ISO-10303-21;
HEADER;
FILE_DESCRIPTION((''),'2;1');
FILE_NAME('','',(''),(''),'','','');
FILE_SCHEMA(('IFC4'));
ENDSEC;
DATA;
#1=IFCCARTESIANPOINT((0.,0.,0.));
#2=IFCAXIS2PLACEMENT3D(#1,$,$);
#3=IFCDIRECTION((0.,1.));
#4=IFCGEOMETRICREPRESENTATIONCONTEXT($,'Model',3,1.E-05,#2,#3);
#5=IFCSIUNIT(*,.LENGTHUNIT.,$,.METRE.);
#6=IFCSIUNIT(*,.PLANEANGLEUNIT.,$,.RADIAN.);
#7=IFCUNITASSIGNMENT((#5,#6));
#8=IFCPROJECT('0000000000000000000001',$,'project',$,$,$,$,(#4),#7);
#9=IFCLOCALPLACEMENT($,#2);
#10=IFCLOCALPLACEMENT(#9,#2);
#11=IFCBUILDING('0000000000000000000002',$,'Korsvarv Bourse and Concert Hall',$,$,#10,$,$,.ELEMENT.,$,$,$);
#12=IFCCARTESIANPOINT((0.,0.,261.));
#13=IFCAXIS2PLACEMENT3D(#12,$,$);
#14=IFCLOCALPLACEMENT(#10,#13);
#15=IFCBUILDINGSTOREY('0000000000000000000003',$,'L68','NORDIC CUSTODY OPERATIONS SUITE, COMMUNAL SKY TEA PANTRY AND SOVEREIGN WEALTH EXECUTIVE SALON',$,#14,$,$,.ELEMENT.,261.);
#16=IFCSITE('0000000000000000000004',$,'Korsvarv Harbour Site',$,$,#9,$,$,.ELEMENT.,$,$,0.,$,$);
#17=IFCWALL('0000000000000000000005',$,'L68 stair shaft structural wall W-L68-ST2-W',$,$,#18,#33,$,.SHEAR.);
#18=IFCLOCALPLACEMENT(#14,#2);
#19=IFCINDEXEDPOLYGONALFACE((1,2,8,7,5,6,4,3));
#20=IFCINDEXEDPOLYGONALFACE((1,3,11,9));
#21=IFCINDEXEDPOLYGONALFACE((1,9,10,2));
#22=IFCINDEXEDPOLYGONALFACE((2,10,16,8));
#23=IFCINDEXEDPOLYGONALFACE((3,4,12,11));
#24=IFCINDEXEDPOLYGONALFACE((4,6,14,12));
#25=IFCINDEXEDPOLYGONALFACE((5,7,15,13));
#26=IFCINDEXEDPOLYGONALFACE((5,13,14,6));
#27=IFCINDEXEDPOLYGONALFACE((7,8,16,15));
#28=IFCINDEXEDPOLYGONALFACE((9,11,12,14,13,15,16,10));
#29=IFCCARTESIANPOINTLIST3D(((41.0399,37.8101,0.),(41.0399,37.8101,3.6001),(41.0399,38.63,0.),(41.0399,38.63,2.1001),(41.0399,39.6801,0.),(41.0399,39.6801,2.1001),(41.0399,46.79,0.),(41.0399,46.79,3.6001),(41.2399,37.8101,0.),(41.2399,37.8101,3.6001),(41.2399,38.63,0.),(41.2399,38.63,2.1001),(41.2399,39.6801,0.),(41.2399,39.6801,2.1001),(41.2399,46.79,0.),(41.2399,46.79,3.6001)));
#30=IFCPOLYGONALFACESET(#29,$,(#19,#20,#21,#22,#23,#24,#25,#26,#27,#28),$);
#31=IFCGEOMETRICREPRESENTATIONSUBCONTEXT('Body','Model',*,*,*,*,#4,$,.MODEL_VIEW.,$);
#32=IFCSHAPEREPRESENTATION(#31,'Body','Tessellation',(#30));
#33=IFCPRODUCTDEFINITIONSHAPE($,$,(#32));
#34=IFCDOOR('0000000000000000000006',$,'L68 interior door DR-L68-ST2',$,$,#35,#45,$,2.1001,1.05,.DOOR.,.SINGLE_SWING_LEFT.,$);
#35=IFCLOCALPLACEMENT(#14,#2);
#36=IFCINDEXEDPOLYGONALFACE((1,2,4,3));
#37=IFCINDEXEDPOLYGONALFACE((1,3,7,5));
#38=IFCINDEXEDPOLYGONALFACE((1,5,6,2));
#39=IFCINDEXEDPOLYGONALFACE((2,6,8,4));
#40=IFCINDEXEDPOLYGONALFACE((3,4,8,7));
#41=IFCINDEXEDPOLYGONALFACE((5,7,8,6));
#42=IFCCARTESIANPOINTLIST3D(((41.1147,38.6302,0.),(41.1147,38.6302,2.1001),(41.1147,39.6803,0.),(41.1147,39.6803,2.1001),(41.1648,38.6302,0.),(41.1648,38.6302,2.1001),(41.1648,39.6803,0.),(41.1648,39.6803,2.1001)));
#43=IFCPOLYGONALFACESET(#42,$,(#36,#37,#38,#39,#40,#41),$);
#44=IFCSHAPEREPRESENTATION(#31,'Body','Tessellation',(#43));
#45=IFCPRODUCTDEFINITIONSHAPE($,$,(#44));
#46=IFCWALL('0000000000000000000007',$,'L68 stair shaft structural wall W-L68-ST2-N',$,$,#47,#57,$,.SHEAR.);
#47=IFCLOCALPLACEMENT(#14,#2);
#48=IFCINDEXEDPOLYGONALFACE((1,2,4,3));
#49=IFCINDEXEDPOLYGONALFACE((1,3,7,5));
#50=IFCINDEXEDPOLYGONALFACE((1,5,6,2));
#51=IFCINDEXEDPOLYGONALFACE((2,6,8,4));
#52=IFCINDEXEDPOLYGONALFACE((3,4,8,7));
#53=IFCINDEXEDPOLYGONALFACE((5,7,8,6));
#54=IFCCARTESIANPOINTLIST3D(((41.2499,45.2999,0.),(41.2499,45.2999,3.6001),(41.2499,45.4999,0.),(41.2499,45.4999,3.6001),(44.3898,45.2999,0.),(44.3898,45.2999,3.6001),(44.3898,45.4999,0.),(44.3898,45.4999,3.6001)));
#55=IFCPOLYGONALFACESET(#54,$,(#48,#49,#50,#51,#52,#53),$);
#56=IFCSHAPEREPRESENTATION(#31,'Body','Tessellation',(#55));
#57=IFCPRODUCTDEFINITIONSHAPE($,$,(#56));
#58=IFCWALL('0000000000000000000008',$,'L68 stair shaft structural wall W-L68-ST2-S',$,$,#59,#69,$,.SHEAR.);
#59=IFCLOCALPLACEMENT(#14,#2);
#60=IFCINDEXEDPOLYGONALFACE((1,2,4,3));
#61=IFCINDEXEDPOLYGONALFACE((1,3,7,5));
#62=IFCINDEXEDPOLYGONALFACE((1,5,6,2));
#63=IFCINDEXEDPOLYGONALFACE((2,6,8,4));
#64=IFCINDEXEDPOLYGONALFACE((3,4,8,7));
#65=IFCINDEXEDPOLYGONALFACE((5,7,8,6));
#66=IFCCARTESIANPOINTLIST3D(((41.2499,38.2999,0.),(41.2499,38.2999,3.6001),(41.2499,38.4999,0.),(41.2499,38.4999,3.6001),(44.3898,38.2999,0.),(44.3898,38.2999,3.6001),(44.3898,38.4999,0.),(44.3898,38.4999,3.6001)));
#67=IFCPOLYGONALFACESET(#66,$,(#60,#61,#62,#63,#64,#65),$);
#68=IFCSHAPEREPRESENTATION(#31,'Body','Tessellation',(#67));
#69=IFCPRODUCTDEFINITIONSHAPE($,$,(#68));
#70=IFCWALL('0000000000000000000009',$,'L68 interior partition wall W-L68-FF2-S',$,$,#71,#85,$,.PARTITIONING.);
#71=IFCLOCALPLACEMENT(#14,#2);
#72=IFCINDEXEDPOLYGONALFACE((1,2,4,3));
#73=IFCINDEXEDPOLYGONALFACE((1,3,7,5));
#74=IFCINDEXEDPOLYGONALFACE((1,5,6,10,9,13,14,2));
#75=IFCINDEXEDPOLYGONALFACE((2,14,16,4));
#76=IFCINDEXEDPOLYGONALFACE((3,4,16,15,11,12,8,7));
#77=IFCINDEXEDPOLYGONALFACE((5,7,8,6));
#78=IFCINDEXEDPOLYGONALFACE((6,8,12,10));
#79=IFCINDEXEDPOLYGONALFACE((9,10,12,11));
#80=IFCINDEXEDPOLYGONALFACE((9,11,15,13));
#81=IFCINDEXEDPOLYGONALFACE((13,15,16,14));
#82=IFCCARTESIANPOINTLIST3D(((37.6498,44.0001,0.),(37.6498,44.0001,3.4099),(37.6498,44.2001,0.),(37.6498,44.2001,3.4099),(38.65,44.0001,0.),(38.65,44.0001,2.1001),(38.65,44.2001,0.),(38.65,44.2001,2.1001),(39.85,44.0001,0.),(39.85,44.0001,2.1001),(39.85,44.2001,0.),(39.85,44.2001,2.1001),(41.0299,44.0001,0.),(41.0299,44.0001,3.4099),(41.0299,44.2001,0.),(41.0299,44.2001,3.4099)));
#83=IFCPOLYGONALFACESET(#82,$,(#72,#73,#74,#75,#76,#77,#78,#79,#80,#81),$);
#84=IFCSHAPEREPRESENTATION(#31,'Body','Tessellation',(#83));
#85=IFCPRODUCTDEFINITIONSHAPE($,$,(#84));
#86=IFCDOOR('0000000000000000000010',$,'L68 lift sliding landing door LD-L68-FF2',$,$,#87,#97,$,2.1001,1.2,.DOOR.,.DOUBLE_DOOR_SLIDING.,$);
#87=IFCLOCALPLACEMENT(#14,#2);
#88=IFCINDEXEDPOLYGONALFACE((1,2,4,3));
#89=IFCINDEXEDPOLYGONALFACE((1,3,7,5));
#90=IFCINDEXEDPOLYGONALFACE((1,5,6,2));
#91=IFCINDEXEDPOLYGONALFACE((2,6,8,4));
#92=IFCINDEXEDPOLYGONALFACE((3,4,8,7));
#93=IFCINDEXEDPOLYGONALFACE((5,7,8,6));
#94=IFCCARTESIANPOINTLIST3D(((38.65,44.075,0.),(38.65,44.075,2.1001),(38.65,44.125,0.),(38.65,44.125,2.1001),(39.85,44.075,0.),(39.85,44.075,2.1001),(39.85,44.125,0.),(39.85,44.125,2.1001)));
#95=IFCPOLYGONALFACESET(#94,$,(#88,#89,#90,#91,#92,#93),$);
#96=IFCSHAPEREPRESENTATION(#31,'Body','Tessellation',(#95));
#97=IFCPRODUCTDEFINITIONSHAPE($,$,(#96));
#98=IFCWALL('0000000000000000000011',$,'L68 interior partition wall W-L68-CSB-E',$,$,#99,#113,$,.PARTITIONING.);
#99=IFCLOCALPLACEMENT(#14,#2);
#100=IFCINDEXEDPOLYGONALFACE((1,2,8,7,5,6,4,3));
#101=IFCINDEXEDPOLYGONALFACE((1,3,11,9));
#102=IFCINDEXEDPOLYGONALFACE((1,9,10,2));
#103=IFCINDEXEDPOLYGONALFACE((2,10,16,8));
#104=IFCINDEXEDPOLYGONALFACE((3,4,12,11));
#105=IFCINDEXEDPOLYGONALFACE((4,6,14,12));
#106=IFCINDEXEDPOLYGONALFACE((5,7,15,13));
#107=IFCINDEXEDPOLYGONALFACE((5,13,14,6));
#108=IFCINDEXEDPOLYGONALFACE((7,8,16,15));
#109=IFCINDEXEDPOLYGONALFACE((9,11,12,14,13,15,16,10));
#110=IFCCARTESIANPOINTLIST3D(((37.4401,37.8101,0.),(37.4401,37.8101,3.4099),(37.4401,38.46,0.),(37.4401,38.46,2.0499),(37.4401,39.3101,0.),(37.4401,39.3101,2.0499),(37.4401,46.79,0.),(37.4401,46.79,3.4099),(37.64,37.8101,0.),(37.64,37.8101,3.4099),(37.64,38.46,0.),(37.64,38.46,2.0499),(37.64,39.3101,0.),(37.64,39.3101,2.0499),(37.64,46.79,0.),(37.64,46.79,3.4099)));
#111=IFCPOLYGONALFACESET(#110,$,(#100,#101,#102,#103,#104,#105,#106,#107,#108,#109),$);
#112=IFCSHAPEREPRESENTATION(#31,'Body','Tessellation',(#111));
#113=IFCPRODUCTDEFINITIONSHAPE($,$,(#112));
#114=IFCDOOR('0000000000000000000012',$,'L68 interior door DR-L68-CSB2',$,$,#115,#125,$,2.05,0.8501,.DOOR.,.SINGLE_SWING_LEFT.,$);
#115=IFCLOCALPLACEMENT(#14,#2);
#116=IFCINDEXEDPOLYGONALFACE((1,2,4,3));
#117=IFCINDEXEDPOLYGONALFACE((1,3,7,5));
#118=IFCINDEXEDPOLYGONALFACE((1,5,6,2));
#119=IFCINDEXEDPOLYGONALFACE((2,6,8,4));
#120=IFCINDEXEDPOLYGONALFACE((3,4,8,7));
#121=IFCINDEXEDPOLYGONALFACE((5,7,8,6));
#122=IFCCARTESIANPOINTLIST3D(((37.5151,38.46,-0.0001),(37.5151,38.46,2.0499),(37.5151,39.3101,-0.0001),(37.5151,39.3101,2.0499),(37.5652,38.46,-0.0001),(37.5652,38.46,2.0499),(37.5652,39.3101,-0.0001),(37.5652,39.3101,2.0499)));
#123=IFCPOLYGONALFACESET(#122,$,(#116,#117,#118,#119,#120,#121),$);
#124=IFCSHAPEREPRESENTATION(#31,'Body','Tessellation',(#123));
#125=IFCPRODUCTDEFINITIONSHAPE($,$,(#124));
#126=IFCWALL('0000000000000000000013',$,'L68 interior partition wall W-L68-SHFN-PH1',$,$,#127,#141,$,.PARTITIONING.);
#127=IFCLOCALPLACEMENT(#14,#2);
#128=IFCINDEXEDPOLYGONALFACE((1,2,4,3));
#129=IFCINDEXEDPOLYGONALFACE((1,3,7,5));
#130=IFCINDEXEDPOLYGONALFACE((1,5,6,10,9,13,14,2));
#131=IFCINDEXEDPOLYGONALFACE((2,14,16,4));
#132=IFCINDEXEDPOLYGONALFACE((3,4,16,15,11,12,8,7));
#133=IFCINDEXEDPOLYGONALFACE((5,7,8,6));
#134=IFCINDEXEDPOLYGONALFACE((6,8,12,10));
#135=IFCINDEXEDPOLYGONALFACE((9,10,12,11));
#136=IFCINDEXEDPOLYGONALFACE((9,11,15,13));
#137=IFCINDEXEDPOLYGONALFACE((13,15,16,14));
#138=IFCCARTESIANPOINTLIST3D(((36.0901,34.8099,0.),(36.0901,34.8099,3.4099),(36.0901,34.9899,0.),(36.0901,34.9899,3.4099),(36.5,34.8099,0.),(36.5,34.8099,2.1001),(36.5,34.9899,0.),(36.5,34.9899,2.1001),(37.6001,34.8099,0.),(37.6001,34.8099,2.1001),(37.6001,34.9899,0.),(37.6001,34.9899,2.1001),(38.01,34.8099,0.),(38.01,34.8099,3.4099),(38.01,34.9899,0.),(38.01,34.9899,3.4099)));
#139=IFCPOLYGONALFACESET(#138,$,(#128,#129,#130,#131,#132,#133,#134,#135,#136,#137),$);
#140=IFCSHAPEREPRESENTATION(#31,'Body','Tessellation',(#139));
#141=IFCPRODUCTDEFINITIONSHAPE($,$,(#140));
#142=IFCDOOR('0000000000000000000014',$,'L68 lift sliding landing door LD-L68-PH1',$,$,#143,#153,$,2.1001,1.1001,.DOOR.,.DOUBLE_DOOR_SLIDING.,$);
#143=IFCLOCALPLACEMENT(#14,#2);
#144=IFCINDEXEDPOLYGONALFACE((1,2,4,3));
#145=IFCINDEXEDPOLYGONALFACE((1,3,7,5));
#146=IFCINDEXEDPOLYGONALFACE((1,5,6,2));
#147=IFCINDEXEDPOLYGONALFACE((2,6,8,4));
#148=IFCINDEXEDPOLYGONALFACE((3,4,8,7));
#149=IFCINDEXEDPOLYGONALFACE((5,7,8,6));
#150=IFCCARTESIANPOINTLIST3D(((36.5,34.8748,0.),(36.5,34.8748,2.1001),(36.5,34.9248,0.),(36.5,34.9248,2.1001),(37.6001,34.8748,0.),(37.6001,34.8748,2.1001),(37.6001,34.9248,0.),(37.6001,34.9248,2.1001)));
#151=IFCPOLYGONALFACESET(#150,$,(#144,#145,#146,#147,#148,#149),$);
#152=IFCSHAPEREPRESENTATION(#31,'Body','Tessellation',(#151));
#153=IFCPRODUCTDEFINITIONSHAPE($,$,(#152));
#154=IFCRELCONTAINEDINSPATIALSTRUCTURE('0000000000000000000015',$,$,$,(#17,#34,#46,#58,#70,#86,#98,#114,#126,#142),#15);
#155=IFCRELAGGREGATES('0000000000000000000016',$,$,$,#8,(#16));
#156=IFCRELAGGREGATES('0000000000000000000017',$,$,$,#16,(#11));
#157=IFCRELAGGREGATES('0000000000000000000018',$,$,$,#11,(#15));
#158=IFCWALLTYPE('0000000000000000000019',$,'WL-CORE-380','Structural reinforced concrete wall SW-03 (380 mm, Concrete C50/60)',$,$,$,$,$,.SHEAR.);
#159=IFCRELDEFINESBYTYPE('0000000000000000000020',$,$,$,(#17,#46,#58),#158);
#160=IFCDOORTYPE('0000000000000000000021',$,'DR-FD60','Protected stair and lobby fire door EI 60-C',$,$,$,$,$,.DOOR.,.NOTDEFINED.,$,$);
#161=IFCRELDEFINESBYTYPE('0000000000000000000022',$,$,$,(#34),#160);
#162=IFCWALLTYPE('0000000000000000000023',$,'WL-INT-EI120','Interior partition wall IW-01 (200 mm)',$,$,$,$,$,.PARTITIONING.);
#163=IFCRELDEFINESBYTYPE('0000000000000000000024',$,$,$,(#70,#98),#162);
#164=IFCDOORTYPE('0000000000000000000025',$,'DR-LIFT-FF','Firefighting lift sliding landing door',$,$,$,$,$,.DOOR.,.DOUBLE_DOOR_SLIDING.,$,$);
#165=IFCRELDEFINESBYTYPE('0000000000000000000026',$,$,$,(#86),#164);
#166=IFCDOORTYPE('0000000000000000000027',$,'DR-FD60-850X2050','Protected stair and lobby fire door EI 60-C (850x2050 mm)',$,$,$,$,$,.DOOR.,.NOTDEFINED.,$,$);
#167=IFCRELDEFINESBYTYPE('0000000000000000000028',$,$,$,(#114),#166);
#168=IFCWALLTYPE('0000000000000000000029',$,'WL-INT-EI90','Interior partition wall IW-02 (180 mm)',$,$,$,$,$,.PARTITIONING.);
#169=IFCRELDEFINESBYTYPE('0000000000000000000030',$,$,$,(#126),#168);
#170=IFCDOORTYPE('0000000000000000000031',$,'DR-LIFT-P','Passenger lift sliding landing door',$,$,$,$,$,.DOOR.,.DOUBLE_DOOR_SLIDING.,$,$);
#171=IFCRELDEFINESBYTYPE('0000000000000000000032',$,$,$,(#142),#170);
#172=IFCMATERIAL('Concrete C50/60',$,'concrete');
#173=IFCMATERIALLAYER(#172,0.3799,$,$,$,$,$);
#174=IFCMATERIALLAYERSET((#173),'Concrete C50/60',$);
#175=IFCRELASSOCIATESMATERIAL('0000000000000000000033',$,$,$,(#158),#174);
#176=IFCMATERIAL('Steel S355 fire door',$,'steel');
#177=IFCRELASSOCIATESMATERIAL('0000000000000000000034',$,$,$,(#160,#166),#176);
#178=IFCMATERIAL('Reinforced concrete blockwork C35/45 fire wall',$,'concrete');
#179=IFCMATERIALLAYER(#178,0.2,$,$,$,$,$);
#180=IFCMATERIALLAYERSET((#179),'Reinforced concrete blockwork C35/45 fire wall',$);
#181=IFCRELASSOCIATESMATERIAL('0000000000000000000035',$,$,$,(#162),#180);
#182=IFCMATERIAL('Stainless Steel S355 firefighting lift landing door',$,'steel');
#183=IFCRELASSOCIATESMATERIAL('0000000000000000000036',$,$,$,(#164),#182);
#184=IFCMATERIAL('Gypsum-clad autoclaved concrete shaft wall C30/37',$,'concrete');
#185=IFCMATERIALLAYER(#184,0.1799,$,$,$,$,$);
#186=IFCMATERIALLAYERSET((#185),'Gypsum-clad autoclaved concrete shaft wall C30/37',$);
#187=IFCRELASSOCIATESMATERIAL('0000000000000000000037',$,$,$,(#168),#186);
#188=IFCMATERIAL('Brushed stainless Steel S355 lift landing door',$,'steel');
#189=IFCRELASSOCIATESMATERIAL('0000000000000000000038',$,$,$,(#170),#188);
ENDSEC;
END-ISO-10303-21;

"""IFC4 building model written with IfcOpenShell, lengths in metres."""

from ifc_helpers import new_model, si_unit, direction, frame, frame_2d, origin, place, context, subcontext, project, spatial, rectangle, extrude, material, layer, layer_set, type_object, element, fill, save


model = new_model("IFC4")

# Units and contexts
model_context = context("Model", 3, precision=1e-05, world=origin(), true_north=direction((0.0, 1.0)))
body_context = subcontext(model_context, "Body", "Model", "MODEL_VIEW")
ifc_project = project(units=[si_unit("LENGTHUNIT", "METRE"), si_unit("PLANEANGLEUNIT", "RADIAN")], contexts=[model_context])

# Site, building, storey
site_placement = place(None, origin())
site = spatial("IfcSite", under=ifc_project, at=site_placement, Name="Korsvarv Harbour Site", CompositionType="ELEMENT", RefElevation=0.0)
building_placement = place(site_placement, origin())
building = spatial("IfcBuilding", under=site, at=building_placement, Name="Korsvarv Bourse and Concert Hall", CompositionType="ELEMENT")
storey_placement = place(building_placement, frame((0.0, 0.0, 261.0)))
storey = spatial("IfcBuildingStorey", under=building, at=storey_placement, Name="L68", Description="NORDIC CUSTODY OPERATIONS SUITE, COMMUNAL SKY TEA PANTRY AND SOVEREIGN WEALTH EXECUTIVE SALON", CompositionType="ELEMENT", Elevation=261.0)

# Shared definitions
ifc_material_1 = material(Name="Concrete C50/60", Category="concrete")

# Wall, opening, door
ifc_layer_1 = layer(ifc_material_1, 0.3799)
ifc_layer_set_1 = layer_set([ifc_layer_1], Name="Concrete C50/60")
wall_type_1 = type_object("IfcWallType", Name="WL-CORE-380", Description="Structural reinforced concrete wall SW-03 (380 mm, Concrete C50/60)", PredefinedType="SHEAR", material=ifc_layer_set_1)
wall_1_placement = place(storey_placement, frame((41.1399, 37.8101, 0.0), z_axis=(0.0, 0.0, 1.0), x_axis=(0.0, 1.0, 0.0)))
wall_1 = element("IfcWall", 1, at=wall_1_placement, inside=storey, type_object=wall_type_1, Name="L68 stair shaft structural wall W-L68-ST2-W", PredefinedType="SHEAR", context=body_context, shape_type="SweptSolid", body=[
    extrude(rectangle(XDim=8.98, YDim=0.2, at=frame_2d((4.49, 0.0))), origin(), (0.0, 0.0, 1.0), 3.6001),
])
opening_1_placement = place(wall_1_placement, frame((0.8201, 0.0, 0.0)))
opening_1 = element("IfcOpeningElement", 2, at=opening_1_placement, cuts=wall_1, PredefinedType="OPENING", context=body_context, shape_type="SweptSolid", body=[
    extrude(rectangle(XDim=1.05, YDim=2.1001, at=frame_2d((0.5249, 1.05))), frame((0.0, 0.1099, 0.0), z_axis=(0.0, -1.0, 0.0), x_axis=(1.0, 0.0, 0.0)), (0.0, 0.0, 1.0), 0.22),
])
ifc_material_2 = material(Name="Steel S355 fire door", Category="steel")
door_type_1 = type_object("IfcDoorType", Name="DR-FD60", Description="Protected stair and lobby fire door EI 60-C", OperationType="NOTDEFINED", PredefinedType="DOOR", material=ifc_material_2)
door_1_placement = place(opening_1_placement, frame((1.05, 0.0, 0.0), z_axis=(0.0, 0.0, 1.0), x_axis=(-1.0, 0.0, 0.0)))
door_1 = element("IfcDoor", 3, at=door_1_placement, inside=storey, type_object=door_type_1, Name="L68 interior door DR-L68-ST2", OperationType="SINGLE_SWING_LEFT", OverallHeight=2.1001, OverallWidth=1.05, PredefinedType="DOOR", context=body_context, shape_type="SweptSolid", body=[
    extrude(rectangle(XDim=1.05, YDim=2.1001, at=frame_2d((0.5249, 1.05))), frame((0.0, 0.0249, 0.0), z_axis=(0.0, -1.0, 0.0), x_axis=(1.0, 0.0, 0.0)), (0.0, 0.0, 1.0), 0.05),
])
fill(opening_1, door_1)

# Walls
for number, where, z_axis, x_axis, name in (
    (4, (41.25, 45.3999, 0.0), (0.0, 0.0, 1.0), (1.0, 0.0, 0.0), "L68 stair shaft structural wall W-L68-ST2-N"),
    (5, (41.25, 38.3999, 0.0), (0.0, 0.0, 1.0), (1.0, 0.0, 0.0), "L68 stair shaft structural wall W-L68-ST2-S"),
):
    element("IfcWall", number, at=place(storey_placement, frame(where, z_axis=z_axis, x_axis=x_axis)), inside=storey, type_object=wall_type_1, Name=name, PredefinedType="SHEAR", context=body_context, shape_type="SweptSolid", body=[
        extrude(rectangle(XDim=3.1399, YDim=0.2, at=frame_2d((1.5698, 0.0))), origin(), (0.0, 0.0, 1.0), 3.6001),
    ])

# Walls, openings, doors
ifc_material_3 = material(Name="Reinforced concrete blockwork C35/45 fire wall", Category="concrete")
ifc_layer_2 = layer(ifc_material_3, 0.2)
ifc_layer_set_2 = layer_set([ifc_layer_2], Name="Reinforced concrete blockwork C35/45 fire wall")
wall_type_2 = type_object("IfcWallType", Name="WL-INT-EI120", Description="Interior partition wall IW-01 (200 mm)", PredefinedType="PARTITIONING", material=ifc_layer_set_2)
wall_2_placement = place(storey_placement, frame((37.6499, 44.1001, 0.0), z_axis=(0.0, 0.0, 1.0), x_axis=(1.0, 0.0, 0.0)))
wall_2 = element("IfcWall", 6, at=wall_2_placement, inside=storey, type_object=wall_type_2, Name="L68 interior partition wall W-L68-FF2-S", PredefinedType="PARTITIONING", context=body_context, shape_type="SweptSolid", body=[
    extrude(rectangle(XDim=3.3801, YDim=0.2, at=frame_2d((1.6899, 0.0))), origin(), (0.0, 0.0, 1.0), 3.4099),
])
opening_2_placement = place(wall_2_placement, frame((1.0, 0.0, 0.0)))
opening_2 = element("IfcOpeningElement", 7, at=opening_2_placement, cuts=wall_2, PredefinedType="OPENING", context=body_context, shape_type="SweptSolid", body=[
    extrude(rectangle(XDim=1.2, YDim=2.1001, at=frame_2d((0.6001, 1.05))), frame((0.0, 0.1099, 0.0), z_axis=(0.0, -1.0, 0.0), x_axis=(1.0, 0.0, 0.0)), (0.0, 0.0, 1.0), 0.22),
])
ifc_material_4 = material(Name="Stainless Steel S355 firefighting lift landing door", Category="steel")
door_type_2 = type_object("IfcDoorType", Name="DR-LIFT-FF", Description="Firefighting lift sliding landing door", OperationType="DOUBLE_DOOR_SLIDING", PredefinedType="DOOR", material=ifc_material_4)
door_2_placement = place(opening_2_placement, origin())
door_2 = element("IfcDoor", 8, at=door_2_placement, inside=storey, type_object=door_type_2, Name="L68 lift sliding landing door LD-L68-FF2", OperationType="DOUBLE_DOOR_SLIDING", OverallHeight=2.1001, OverallWidth=1.2, PredefinedType="DOOR", context=body_context, shape_type="SweptSolid", body=[
    extrude(rectangle(XDim=1.2, YDim=2.1001, at=frame_2d((0.6001, 1.05))), frame((0.0, 0.0249, 0.0), z_axis=(0.0, -1.0, 0.0), x_axis=(1.0, 0.0, 0.0)), (0.0, 0.0, 1.0), 0.05),
])
fill(opening_2, door_2)
wall_3_placement = place(storey_placement, frame((37.54, 37.8101, 0.0), z_axis=(0.0, 0.0, 1.0), x_axis=(0.0, 1.0, 0.0)))
wall_3 = element("IfcWall", 9, at=wall_3_placement, inside=storey, type_object=wall_type_2, Name="L68 interior partition wall W-L68-CSB-E", PredefinedType="PARTITIONING", context=body_context, shape_type="SweptSolid", body=[
    extrude(rectangle(XDim=8.98, YDim=0.2, at=frame_2d((4.49, 0.0))), origin(), (0.0, 0.0, 1.0), 3.4099),
])
opening_3_placement = place(wall_3_placement, frame((0.6499, 0.0, 0.0)))
opening_3 = element("IfcOpeningElement", 10, at=opening_3_placement, cuts=wall_3, PredefinedType="OPENING", context=body_context, shape_type="SweptSolid", body=[
    extrude(rectangle(XDim=0.8501, YDim=2.05, at=frame_2d((0.425, 1.0249))), frame((0.0, 0.1099, 0.0), z_axis=(0.0, -1.0, 0.0), x_axis=(1.0, 0.0, 0.0)), (0.0, 0.0, 1.0), 0.22),
])
door_type_3 = type_object("IfcDoorType", Name="DR-FD60-850X2050", Description="Protected stair and lobby fire door EI 60-C (850x2050 mm)", OperationType="NOTDEFINED", PredefinedType="DOOR", material=ifc_material_2)
door_3_placement = place(opening_3_placement, origin())
door_3 = element("IfcDoor", 11, at=door_3_placement, inside=storey, type_object=door_type_3, Name="L68 interior door DR-L68-CSB2", OperationType="SINGLE_SWING_LEFT", OverallHeight=2.05, OverallWidth=0.8501, PredefinedType="DOOR", context=body_context, shape_type="SweptSolid", body=[
    extrude(rectangle(XDim=0.8501, YDim=2.05, at=frame_2d((0.425, 1.0249))), frame((0.0, 0.0249, 0.0), z_axis=(0.0, -1.0, 0.0), x_axis=(1.0, 0.0, 0.0)), (0.0, 0.0, 1.0), 0.05),
])
fill(opening_3, door_3)
ifc_material_5 = material(Name="Gypsum-clad autoclaved concrete shaft wall C30/37", Category="concrete")
ifc_layer_3 = layer(ifc_material_5, 0.1799)
ifc_layer_set_3 = layer_set([ifc_layer_3], Name="Gypsum-clad autoclaved concrete shaft wall C30/37")
wall_type_3 = type_object("IfcWallType", Name="WL-INT-EI90", Description="Interior partition wall IW-02 (180 mm)", PredefinedType="PARTITIONING", material=ifc_layer_set_3)
wall_4_placement = place(storey_placement, frame((36.0901, 34.8999, 0.0), z_axis=(0.0, 0.0, 1.0), x_axis=(1.0, 0.0, 0.0)))
wall_4 = element("IfcWall", 12, at=wall_4_placement, inside=storey, type_object=wall_type_3, Name="L68 interior partition wall W-L68-SHFN-PH1", PredefinedType="PARTITIONING", context=body_context, shape_type="SweptSolid", body=[
    extrude(rectangle(XDim=1.9199, YDim=0.1799, at=frame_2d((0.96, 0.0))), origin(), (0.0, 0.0, 1.0), 3.4099),
])
opening_4_placement = place(wall_4_placement, frame((0.4099, 0.0, 0.0)))
opening_4 = element("IfcOpeningElement", 13, at=opening_4_placement, cuts=wall_4, PredefinedType="OPENING", context=body_context, shape_type="SweptSolid", body=[
    extrude(rectangle(XDim=1.1001, YDim=2.1001, at=frame_2d((0.55, 1.05))), frame((0.0, 0.1001, 0.0), z_axis=(0.0, -1.0, 0.0), x_axis=(1.0, 0.0, 0.0)), (0.0, 0.0, 1.0), 0.2),
])
ifc_material_6 = material(Name="Brushed stainless Steel S355 lift landing door", Category="steel")
door_type_4 = type_object("IfcDoorType", Name="DR-LIFT-P", Description="Passenger lift sliding landing door", OperationType="DOUBLE_DOOR_SLIDING", PredefinedType="DOOR", material=ifc_material_6)
door_4_placement = place(opening_4_placement, origin())
door_4 = element("IfcDoor", 14, at=door_4_placement, inside=storey, type_object=door_type_4, Name="L68 lift sliding landing door LD-L68-PH1", OperationType="DOUBLE_DOOR_SLIDING", OverallHeight=2.1001, OverallWidth=1.1001, PredefinedType="DOOR", context=body_context, shape_type="SweptSolid", body=[
    extrude(rectangle(XDim=1.1001, YDim=2.1001, at=frame_2d((0.55, 1.05))), frame((0.0, 0.0249, 0.0), z_axis=(0.0, -1.0, 0.0), x_axis=(1.0, 0.0, 0.0)), (0.0, 0.0, 1.0), 0.05),
])
fill(opening_4, door_4)

save(model, "model.ifc")
